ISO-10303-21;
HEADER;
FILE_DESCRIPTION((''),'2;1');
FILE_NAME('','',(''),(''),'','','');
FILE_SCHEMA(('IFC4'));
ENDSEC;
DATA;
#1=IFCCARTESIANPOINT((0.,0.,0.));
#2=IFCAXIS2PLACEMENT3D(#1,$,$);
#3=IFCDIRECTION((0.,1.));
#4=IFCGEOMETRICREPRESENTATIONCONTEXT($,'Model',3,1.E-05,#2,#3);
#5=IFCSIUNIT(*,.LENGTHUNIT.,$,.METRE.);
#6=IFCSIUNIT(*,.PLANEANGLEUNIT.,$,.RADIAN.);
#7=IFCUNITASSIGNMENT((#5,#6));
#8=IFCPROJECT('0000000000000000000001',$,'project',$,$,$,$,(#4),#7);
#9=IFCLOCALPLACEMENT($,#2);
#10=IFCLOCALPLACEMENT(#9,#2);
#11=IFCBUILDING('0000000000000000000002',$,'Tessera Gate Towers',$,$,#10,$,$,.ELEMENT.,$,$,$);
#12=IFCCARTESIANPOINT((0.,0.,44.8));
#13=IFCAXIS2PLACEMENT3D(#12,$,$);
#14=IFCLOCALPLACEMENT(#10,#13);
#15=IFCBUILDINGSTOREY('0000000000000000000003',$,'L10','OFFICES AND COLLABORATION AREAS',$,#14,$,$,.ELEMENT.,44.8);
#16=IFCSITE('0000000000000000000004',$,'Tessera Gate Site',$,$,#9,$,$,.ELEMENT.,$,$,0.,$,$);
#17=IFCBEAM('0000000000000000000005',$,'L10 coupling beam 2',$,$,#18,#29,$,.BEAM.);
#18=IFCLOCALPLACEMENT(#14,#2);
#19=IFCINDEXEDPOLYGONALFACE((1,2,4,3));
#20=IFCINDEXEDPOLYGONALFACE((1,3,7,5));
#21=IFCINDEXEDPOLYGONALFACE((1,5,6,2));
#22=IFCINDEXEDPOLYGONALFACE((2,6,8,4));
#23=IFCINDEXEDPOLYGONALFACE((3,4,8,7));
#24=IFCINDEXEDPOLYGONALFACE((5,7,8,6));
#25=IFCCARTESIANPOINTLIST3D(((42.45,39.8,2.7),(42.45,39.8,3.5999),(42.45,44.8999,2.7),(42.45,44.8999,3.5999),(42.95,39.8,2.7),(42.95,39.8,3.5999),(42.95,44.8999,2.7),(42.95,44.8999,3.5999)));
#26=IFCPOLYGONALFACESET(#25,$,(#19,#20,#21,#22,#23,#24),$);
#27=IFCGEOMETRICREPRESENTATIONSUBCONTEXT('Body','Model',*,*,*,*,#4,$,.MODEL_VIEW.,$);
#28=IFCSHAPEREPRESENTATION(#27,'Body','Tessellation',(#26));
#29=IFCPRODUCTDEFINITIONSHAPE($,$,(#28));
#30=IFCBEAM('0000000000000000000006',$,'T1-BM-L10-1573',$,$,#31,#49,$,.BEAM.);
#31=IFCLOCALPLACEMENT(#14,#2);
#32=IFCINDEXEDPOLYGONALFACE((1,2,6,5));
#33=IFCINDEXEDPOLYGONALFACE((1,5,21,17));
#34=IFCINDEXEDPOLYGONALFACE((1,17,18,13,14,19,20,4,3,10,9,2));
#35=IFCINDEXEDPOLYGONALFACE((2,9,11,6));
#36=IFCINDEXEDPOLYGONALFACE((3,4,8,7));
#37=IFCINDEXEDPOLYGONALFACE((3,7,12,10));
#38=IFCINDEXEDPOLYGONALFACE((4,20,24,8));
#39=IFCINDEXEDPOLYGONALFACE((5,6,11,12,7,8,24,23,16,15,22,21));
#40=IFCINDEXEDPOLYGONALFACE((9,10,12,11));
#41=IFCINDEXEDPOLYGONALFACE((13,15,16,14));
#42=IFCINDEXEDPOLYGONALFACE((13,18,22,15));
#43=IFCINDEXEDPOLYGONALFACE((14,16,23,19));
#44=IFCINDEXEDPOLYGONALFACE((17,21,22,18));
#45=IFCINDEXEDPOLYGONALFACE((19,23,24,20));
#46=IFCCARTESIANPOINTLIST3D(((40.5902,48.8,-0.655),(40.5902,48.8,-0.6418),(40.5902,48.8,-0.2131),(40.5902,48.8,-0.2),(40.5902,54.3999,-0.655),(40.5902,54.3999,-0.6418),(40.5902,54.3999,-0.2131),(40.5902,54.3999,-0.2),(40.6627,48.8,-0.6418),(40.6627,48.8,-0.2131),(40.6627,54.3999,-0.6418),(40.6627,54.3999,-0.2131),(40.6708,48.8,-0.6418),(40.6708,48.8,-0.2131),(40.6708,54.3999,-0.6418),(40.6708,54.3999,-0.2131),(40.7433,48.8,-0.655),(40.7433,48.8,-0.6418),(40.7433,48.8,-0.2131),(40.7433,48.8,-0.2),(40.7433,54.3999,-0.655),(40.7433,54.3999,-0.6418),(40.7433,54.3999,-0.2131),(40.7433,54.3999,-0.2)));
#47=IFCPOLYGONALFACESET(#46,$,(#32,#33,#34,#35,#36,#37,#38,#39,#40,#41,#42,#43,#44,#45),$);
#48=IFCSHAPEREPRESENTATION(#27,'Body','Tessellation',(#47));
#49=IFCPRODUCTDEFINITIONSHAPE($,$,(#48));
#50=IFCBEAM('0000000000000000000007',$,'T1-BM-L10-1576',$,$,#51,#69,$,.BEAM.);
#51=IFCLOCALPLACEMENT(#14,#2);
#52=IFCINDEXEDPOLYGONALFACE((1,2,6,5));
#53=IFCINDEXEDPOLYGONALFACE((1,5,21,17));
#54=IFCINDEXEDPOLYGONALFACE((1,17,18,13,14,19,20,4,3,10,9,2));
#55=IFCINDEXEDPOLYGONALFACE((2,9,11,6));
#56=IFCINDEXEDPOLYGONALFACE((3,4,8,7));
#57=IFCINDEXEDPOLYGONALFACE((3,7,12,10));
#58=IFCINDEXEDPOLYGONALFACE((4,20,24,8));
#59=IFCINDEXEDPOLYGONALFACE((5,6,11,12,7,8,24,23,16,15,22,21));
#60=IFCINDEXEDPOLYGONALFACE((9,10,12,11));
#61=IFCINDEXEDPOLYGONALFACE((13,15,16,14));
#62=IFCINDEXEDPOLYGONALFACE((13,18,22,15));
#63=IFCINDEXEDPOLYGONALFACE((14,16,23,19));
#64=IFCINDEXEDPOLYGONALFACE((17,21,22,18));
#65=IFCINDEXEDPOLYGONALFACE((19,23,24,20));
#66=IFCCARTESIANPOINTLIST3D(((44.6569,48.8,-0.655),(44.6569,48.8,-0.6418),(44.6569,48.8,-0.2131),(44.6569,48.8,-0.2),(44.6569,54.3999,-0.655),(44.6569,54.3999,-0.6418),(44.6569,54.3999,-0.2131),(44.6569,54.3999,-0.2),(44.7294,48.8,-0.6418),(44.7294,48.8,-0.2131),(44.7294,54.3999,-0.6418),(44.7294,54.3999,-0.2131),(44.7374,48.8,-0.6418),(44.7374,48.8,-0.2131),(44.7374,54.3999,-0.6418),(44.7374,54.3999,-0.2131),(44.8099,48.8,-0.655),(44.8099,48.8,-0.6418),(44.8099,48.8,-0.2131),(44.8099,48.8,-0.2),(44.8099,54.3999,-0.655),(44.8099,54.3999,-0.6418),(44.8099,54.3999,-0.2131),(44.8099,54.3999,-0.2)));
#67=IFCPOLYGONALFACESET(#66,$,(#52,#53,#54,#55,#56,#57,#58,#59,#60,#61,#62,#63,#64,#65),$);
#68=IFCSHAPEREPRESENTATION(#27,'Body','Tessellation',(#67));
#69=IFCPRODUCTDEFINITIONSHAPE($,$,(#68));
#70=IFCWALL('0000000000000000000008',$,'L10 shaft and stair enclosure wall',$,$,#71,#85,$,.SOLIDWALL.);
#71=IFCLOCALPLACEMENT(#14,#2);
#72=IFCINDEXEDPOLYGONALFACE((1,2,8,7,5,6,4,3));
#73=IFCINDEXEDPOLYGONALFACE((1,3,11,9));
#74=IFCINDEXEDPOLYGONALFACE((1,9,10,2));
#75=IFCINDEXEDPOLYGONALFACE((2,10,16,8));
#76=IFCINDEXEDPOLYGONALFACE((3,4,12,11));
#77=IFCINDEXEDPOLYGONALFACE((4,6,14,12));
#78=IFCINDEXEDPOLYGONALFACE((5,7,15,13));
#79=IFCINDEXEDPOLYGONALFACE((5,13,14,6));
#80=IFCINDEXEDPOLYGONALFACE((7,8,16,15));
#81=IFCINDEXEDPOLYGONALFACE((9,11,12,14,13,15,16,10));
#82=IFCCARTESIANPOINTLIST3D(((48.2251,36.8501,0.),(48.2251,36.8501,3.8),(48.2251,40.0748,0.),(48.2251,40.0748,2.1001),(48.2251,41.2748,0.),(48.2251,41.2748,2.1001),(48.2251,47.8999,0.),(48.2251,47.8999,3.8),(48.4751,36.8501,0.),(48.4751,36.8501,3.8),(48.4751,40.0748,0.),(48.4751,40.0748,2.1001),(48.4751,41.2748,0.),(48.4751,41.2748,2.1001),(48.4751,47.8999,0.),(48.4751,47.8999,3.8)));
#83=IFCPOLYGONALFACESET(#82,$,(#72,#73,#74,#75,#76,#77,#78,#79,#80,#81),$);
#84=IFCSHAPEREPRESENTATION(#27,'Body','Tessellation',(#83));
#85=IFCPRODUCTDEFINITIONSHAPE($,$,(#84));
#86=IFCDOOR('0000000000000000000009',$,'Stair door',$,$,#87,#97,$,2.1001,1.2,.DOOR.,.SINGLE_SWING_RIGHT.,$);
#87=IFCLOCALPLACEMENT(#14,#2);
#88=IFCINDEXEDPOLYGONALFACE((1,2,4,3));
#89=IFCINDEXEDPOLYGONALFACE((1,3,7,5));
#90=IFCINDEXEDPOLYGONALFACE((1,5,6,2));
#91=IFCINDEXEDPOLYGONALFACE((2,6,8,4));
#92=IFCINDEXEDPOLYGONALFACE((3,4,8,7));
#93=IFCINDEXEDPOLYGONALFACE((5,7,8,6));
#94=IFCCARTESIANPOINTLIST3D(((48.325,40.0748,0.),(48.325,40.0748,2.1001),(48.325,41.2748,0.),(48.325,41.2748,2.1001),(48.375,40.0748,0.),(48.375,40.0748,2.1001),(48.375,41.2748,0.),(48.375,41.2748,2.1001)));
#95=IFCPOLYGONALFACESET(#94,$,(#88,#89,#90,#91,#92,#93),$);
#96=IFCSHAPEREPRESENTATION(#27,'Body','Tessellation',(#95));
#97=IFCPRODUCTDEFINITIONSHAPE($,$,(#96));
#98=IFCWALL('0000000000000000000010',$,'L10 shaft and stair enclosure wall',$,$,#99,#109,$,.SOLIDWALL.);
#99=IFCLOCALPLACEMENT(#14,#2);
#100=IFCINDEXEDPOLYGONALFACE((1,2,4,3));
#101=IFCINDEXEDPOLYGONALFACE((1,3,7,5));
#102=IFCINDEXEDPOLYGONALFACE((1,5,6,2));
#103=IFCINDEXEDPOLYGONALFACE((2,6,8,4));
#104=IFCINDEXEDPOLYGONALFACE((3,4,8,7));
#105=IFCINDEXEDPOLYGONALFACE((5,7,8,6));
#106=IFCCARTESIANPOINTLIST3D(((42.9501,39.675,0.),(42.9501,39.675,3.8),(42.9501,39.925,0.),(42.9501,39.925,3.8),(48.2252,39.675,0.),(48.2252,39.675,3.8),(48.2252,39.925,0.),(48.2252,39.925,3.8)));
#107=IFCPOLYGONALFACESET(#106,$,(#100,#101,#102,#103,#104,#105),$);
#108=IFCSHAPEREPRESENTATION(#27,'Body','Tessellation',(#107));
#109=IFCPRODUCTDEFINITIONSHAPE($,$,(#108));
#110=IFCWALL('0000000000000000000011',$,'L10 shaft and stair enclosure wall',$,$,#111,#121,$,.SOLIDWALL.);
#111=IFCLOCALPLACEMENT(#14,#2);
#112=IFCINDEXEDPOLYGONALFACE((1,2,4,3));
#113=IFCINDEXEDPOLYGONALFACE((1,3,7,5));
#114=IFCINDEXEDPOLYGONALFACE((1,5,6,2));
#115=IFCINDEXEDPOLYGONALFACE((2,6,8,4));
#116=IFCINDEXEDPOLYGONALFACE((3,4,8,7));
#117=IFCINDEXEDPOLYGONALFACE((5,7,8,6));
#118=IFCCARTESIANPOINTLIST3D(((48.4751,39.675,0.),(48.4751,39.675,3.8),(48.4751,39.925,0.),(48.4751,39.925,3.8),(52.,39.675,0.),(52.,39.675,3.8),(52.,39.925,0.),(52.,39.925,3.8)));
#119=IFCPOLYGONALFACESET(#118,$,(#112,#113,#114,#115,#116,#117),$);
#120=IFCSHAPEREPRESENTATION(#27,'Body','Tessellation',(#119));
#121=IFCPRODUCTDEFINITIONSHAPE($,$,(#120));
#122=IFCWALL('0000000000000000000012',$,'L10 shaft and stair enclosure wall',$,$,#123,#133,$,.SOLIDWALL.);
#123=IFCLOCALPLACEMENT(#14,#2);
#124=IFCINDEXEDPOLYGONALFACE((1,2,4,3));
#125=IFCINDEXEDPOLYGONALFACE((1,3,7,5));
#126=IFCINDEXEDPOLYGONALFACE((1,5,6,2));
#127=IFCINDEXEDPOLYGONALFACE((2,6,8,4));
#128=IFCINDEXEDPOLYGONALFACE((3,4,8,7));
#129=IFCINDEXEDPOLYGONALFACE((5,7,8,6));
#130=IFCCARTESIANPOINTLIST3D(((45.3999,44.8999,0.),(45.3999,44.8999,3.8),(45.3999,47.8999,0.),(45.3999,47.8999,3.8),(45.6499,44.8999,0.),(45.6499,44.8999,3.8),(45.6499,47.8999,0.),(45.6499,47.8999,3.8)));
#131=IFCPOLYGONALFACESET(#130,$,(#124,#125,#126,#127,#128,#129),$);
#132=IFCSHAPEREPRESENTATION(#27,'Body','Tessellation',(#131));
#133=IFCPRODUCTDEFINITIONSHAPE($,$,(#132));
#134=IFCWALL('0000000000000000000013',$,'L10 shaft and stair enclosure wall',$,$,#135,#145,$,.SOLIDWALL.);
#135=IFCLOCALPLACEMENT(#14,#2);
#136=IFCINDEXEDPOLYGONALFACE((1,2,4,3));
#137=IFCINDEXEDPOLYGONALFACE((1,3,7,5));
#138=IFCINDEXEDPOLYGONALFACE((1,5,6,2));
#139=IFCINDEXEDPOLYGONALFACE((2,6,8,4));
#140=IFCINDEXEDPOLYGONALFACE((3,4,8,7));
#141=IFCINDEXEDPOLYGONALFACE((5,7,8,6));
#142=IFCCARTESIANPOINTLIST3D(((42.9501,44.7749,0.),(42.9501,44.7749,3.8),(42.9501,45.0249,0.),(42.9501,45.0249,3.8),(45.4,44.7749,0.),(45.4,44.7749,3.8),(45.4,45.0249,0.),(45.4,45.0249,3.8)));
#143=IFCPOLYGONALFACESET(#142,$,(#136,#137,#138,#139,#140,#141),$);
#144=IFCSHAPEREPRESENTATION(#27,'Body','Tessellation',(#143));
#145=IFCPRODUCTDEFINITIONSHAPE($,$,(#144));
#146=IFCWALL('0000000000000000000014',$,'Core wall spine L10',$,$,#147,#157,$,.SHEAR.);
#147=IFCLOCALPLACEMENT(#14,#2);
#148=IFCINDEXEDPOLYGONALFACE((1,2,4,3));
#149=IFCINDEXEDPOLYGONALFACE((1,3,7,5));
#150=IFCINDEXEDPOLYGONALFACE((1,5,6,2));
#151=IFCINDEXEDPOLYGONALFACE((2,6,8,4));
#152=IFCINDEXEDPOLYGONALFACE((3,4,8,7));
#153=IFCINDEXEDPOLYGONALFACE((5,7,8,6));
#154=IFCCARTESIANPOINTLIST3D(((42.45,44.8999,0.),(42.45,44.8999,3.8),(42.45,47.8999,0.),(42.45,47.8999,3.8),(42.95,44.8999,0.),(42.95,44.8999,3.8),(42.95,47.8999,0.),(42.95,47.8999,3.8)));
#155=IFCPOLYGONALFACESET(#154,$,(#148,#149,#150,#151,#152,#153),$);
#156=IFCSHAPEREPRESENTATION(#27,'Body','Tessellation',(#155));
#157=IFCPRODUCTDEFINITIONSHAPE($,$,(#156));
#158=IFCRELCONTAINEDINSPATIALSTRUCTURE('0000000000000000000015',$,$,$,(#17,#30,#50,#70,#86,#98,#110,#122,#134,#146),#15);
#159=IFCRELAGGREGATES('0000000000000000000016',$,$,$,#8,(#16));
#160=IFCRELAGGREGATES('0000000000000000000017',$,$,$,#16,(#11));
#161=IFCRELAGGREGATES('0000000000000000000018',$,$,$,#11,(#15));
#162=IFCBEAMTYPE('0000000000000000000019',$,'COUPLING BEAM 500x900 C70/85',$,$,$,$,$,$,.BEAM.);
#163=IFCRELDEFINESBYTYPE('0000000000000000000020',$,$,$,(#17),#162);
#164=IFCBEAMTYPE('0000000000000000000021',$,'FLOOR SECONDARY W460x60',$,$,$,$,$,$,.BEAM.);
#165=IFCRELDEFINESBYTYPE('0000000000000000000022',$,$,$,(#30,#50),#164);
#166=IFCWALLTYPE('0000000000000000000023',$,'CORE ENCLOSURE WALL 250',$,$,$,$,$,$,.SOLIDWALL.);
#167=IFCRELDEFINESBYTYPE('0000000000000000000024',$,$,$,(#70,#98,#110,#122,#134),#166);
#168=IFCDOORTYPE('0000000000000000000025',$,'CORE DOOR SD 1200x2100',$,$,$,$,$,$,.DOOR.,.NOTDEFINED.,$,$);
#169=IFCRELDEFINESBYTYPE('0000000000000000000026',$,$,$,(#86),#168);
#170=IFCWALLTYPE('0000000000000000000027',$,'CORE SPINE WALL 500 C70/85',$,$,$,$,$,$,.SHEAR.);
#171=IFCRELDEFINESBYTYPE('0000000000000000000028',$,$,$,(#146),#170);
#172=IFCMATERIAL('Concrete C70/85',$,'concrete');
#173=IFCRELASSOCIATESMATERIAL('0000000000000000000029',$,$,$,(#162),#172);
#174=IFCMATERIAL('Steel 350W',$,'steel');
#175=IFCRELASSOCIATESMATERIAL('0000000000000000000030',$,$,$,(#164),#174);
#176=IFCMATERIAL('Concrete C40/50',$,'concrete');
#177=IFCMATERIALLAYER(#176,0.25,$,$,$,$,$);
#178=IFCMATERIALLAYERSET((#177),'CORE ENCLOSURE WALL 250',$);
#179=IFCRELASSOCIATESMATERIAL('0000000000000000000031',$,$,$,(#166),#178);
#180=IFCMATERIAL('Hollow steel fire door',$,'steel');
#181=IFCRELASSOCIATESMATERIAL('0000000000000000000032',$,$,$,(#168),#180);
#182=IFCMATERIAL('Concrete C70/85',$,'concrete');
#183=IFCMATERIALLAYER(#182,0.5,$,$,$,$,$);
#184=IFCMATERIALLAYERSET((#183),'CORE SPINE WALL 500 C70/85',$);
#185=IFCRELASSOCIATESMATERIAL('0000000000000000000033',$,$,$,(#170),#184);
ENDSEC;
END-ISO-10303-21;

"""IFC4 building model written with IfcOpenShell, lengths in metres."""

from ifc_helpers import new_model, si_unit, direction, frame, frame_2d, origin, origin_2d, place, context, subcontext, project, spatial, rectangle, i_section, extrude, source, transform, mapped, material, layer, layer_set, material_profile, profile_set, type_object, element, fill, save


model = new_model("IFC4")

# Units and contexts
model_context = context("Model", 3, precision=1e-05, world=origin(), true_north=direction((0.0, 1.0)))
body_context = subcontext(model_context, "Body", "Model", "MODEL_VIEW")
ifc_project = project(units=[si_unit("LENGTHUNIT", "METRE"), si_unit("PLANEANGLEUNIT", "RADIAN")], contexts=[model_context])

# Site, building, storey
site_placement = place(None, origin())
site = spatial("IfcSite", under=ifc_project, at=site_placement, Name="Tessera Gate Site", CompositionType="ELEMENT", RefElevation=0.0)
building_placement = place(site_placement, origin())
building = spatial("IfcBuilding", under=site, at=building_placement, Name="Tessera Gate Towers", CompositionType="ELEMENT")
storey_placement = place(building_placement, frame((0.0, 0.0, 44.8)))
storey = spatial("IfcBuildingStorey", under=building, at=storey_placement, Name="L10", Description="OFFICES AND COLLABORATION AREAS", CompositionType="ELEMENT", Elevation=44.8)

# Beams
ifc_material_1 = material(Name="Concrete C70/85", Category="concrete")
ifc_material_profile_1 = material_profile(ifc_material_1, rectangle(XDim=0.5, YDim=0.8999, at=origin_2d()), Name="RC 500x900")
ifc_profile_set_1 = profile_set([ifc_material_profile_1], Name="Concrete C70/85")
beam_type_1 = type_object("IfcBeamType", Name="COUPLING BEAM 500x900 C70/85", PredefinedType="BEAM", material=ifc_profile_set_1)
beam_placement = place(storey_placement, frame((42.7, 39.8, 3.1499), z_axis=(0.0, 1.0, 0.0), x_axis=(-1.0, 0.0, 0.0)))
element("IfcBeam", 1, at=beam_placement, inside=storey, type_object=beam_type_1, Name="L10 coupling beam 2", PredefinedType="BEAM", context=body_context, shape_type="SweptSolid", body=[
    extrude(rectangle(XDim=0.5, YDim=0.8999, at=origin_2d()), origin(), (0.0, 0.0, 1.0), 5.0999),
])
ifc_material_2 = material(Name="Steel 350W", Category="steel")
ifc_material_profile_2 = material_profile(ifc_material_2, i_section(OverallWidth=0.1531, OverallDepth=0.4551, WebThickness=0.0081, FlangeThickness=0.0132, at=origin_2d()), Name="W460x60")
ifc_profile_set_2 = profile_set([ifc_material_profile_2], Name="Steel 350W")
beam_type_2 = type_object("IfcBeamType", Name="FLOOR SECONDARY W460x60", PredefinedType="BEAM", material=ifc_profile_set_2)
for number, where, z_axis, x_axis, name in (
    (2, (40.6667, 48.8, -0.4275), (0.0, 1.0, 0.0), (-1.0, 0.0, 0.0), "T1-BM-L10-1573"),
    (3, (44.7334, 48.8, -0.4275), (0.0, 1.0, 0.0), (-1.0, 0.0, 0.0), "T1-BM-L10-1576"),
):
    element("IfcBeam", number, at=place(storey_placement, frame(where, z_axis=z_axis, x_axis=x_axis)), inside=storey, type_object=beam_type_2, Name=name, PredefinedType="BEAM", context=body_context, shape_type="SweptSolid", body=[
        extrude(i_section(OverallWidth=0.1531, OverallDepth=0.4551, WebThickness=0.0081, FlangeThickness=0.0132, at=origin_2d()), origin(), (0.0, 0.0, 1.0), 5.5999),
    ])

# Wall, opening, door
ifc_material_3 = material(Name="Concrete C40/50", Category="concrete")
ifc_layer_1 = layer(ifc_material_3, 0.25)
ifc_layer_set_1 = layer_set([ifc_layer_1], Name="CORE ENCLOSURE WALL 250")
wall_type_1 = type_object("IfcWallType", Name="CORE ENCLOSURE WALL 250", PredefinedType="SOLIDWALL", material=ifc_layer_set_1)
wall_1_placement = place(storey_placement, frame((48.3501, 47.8999, 0.0), z_axis=(0.0, 0.0, 1.0), x_axis=(0.0, -1.0, 0.0)))
wall_1 = element("IfcWall", 4, at=wall_1_placement, inside=storey, type_object=wall_type_1, Name="L10 shaft and stair enclosure wall", PredefinedType="SOLIDWALL", context=body_context, shape_type="SweptSolid", body=[
    extrude(rectangle(XDim=11.0498, YDim=0.25, at=frame_2d((5.5249, 0.0))), origin(), (0.0, 0.0, 1.0), 3.8),
])
shared_shape_1 = source(origin(), body_context, "Body", "SweptSolid", [
    extrude(rectangle(XDim=1.2, YDim=2.1001, at=frame_2d((0.6001, 1.05))), frame((0.0, 0.135, 0.0), z_axis=(0.0, -1.0, 0.0), x_axis=(1.0, 0.0, 0.0)), (0.0, 0.0, 1.0), 0.27),
])
opening_1_placement = place(wall_1_placement, frame((6.625, 0.0, 0.0)))
opening_1 = element("IfcOpeningElement", 5, at=opening_1_placement, cuts=wall_1, PredefinedType="OPENING", context=body_context, shape_type="MappedRepresentation", body=[
    mapped(shared_shape_1, transform((0.0, 0.0, 0.0), scale=1.0)),
])
ifc_material_4 = material(Name="Hollow steel fire door", Category="steel")
door_type_1 = type_object("IfcDoorType", Name="CORE DOOR SD 1200x2100", OperationType="NOTDEFINED", PredefinedType="DOOR", material=ifc_material_4)
shared_shape_2 = source(origin(), body_context, "Body", "SweptSolid", [
    extrude(rectangle(XDim=1.2, YDim=2.1001, at=frame_2d((0.6001, 1.05))), frame((0.0, 0.0249, 0.0), z_axis=(0.0, -1.0, 0.0), x_axis=(1.0, 0.0, 0.0)), (0.0, 0.0, 1.0), 0.05),
])
door_1_placement = place(opening_1_placement, origin())
door_1 = element("IfcDoor", 6, at=door_1_placement, inside=storey, type_object=door_type_1, Name="Stair door", OperationType="SINGLE_SWING_RIGHT", OverallHeight=2.1001, OverallWidth=1.2, PredefinedType="DOOR", context=body_context, shape_type="MappedRepresentation", body=[
    mapped(shared_shape_2, transform((0.0, 0.0, 0.0), scale=1.0)),
])
fill(opening_1, door_1)

# Walls
wall_2_placement = place(storey_placement, frame((42.95, 39.8, 0.0), z_axis=(0.0, 0.0, 1.0), x_axis=(1.0, 0.0, 0.0)))
element("IfcWall", 7, at=wall_2_placement, inside=storey, type_object=wall_type_1, Name="L10 shaft and stair enclosure wall", PredefinedType="SOLIDWALL", context=body_context, shape_type="SweptSolid", body=[
    extrude(rectangle(XDim=5.2751, YDim=0.25, at=frame_2d((2.6377, 0.0))), origin(), (0.0, 0.0, 1.0), 3.8),
])
wall_3_placement = place(storey_placement, frame((48.4751, 39.8, 0.0), z_axis=(0.0, 0.0, 1.0), x_axis=(1.0, 0.0, 0.0)))
element("IfcWall", 8, at=wall_3_placement, inside=storey, type_object=wall_type_1, Name="L10 shaft and stair enclosure wall", PredefinedType="SOLIDWALL", context=body_context, shape_type="SweptSolid", body=[
    extrude(rectangle(XDim=3.5249, YDim=0.25, at=frame_2d((1.7625, 0.0))), origin(), (0.0, 0.0, 1.0), 3.8),
])
wall_4_placement = place(storey_placement, frame((45.5249, 44.8999, 0.0), z_axis=(0.0, 0.0, 1.0), x_axis=(0.0, 1.0, 0.0)))
element("IfcWall", 9, at=wall_4_placement, inside=storey, type_object=wall_type_1, Name="L10 shaft and stair enclosure wall", PredefinedType="SOLIDWALL", context=body_context, shape_type="SweptSolid", body=[
    extrude(rectangle(XDim=3.0, YDim=0.25, at=frame_2d((1.5, 0.0))), origin(), (0.0, 0.0, 1.0), 3.8),
])
wall_5_placement = place(storey_placement, frame((42.95, 44.8999, 0.0), z_axis=(0.0, 0.0, 1.0), x_axis=(1.0, 0.0, 0.0)))
element("IfcWall", 10, at=wall_5_placement, inside=storey, type_object=wall_type_1, Name="L10 shaft and stair enclosure wall", PredefinedType="SOLIDWALL", context=body_context, shape_type="SweptSolid", body=[
    extrude(rectangle(XDim=2.45, YDim=0.25, at=frame_2d((1.2251, 0.0))), origin(), (0.0, 0.0, 1.0), 3.8),
])
ifc_material_5 = material(Name="Concrete C70/85", Category="concrete")
ifc_layer_2 = layer(ifc_material_5, 0.5)
ifc_layer_set_2 = layer_set([ifc_layer_2], Name="CORE SPINE WALL 500 C70/85")
wall_type_2 = type_object("IfcWallType", Name="CORE SPINE WALL 500 C70/85", PredefinedType="SHEAR", material=ifc_layer_set_2)
wall_6_placement = place(storey_placement, frame((42.7, 44.8999, 0.0), z_axis=(0.0, 0.0, 1.0), x_axis=(0.0, 1.0, 0.0)))
element("IfcWall", 11, at=wall_6_placement, inside=storey, type_object=wall_type_2, Name="Core wall spine L10", PredefinedType="SHEAR", context=body_context, shape_type="SweptSolid", body=[
    extrude(rectangle(XDim=3.0, YDim=0.5, at=frame_2d((1.5, 0.0))), origin(), (0.0, 0.0, 1.0), 3.8),
])

save(model, "model.ifc")
